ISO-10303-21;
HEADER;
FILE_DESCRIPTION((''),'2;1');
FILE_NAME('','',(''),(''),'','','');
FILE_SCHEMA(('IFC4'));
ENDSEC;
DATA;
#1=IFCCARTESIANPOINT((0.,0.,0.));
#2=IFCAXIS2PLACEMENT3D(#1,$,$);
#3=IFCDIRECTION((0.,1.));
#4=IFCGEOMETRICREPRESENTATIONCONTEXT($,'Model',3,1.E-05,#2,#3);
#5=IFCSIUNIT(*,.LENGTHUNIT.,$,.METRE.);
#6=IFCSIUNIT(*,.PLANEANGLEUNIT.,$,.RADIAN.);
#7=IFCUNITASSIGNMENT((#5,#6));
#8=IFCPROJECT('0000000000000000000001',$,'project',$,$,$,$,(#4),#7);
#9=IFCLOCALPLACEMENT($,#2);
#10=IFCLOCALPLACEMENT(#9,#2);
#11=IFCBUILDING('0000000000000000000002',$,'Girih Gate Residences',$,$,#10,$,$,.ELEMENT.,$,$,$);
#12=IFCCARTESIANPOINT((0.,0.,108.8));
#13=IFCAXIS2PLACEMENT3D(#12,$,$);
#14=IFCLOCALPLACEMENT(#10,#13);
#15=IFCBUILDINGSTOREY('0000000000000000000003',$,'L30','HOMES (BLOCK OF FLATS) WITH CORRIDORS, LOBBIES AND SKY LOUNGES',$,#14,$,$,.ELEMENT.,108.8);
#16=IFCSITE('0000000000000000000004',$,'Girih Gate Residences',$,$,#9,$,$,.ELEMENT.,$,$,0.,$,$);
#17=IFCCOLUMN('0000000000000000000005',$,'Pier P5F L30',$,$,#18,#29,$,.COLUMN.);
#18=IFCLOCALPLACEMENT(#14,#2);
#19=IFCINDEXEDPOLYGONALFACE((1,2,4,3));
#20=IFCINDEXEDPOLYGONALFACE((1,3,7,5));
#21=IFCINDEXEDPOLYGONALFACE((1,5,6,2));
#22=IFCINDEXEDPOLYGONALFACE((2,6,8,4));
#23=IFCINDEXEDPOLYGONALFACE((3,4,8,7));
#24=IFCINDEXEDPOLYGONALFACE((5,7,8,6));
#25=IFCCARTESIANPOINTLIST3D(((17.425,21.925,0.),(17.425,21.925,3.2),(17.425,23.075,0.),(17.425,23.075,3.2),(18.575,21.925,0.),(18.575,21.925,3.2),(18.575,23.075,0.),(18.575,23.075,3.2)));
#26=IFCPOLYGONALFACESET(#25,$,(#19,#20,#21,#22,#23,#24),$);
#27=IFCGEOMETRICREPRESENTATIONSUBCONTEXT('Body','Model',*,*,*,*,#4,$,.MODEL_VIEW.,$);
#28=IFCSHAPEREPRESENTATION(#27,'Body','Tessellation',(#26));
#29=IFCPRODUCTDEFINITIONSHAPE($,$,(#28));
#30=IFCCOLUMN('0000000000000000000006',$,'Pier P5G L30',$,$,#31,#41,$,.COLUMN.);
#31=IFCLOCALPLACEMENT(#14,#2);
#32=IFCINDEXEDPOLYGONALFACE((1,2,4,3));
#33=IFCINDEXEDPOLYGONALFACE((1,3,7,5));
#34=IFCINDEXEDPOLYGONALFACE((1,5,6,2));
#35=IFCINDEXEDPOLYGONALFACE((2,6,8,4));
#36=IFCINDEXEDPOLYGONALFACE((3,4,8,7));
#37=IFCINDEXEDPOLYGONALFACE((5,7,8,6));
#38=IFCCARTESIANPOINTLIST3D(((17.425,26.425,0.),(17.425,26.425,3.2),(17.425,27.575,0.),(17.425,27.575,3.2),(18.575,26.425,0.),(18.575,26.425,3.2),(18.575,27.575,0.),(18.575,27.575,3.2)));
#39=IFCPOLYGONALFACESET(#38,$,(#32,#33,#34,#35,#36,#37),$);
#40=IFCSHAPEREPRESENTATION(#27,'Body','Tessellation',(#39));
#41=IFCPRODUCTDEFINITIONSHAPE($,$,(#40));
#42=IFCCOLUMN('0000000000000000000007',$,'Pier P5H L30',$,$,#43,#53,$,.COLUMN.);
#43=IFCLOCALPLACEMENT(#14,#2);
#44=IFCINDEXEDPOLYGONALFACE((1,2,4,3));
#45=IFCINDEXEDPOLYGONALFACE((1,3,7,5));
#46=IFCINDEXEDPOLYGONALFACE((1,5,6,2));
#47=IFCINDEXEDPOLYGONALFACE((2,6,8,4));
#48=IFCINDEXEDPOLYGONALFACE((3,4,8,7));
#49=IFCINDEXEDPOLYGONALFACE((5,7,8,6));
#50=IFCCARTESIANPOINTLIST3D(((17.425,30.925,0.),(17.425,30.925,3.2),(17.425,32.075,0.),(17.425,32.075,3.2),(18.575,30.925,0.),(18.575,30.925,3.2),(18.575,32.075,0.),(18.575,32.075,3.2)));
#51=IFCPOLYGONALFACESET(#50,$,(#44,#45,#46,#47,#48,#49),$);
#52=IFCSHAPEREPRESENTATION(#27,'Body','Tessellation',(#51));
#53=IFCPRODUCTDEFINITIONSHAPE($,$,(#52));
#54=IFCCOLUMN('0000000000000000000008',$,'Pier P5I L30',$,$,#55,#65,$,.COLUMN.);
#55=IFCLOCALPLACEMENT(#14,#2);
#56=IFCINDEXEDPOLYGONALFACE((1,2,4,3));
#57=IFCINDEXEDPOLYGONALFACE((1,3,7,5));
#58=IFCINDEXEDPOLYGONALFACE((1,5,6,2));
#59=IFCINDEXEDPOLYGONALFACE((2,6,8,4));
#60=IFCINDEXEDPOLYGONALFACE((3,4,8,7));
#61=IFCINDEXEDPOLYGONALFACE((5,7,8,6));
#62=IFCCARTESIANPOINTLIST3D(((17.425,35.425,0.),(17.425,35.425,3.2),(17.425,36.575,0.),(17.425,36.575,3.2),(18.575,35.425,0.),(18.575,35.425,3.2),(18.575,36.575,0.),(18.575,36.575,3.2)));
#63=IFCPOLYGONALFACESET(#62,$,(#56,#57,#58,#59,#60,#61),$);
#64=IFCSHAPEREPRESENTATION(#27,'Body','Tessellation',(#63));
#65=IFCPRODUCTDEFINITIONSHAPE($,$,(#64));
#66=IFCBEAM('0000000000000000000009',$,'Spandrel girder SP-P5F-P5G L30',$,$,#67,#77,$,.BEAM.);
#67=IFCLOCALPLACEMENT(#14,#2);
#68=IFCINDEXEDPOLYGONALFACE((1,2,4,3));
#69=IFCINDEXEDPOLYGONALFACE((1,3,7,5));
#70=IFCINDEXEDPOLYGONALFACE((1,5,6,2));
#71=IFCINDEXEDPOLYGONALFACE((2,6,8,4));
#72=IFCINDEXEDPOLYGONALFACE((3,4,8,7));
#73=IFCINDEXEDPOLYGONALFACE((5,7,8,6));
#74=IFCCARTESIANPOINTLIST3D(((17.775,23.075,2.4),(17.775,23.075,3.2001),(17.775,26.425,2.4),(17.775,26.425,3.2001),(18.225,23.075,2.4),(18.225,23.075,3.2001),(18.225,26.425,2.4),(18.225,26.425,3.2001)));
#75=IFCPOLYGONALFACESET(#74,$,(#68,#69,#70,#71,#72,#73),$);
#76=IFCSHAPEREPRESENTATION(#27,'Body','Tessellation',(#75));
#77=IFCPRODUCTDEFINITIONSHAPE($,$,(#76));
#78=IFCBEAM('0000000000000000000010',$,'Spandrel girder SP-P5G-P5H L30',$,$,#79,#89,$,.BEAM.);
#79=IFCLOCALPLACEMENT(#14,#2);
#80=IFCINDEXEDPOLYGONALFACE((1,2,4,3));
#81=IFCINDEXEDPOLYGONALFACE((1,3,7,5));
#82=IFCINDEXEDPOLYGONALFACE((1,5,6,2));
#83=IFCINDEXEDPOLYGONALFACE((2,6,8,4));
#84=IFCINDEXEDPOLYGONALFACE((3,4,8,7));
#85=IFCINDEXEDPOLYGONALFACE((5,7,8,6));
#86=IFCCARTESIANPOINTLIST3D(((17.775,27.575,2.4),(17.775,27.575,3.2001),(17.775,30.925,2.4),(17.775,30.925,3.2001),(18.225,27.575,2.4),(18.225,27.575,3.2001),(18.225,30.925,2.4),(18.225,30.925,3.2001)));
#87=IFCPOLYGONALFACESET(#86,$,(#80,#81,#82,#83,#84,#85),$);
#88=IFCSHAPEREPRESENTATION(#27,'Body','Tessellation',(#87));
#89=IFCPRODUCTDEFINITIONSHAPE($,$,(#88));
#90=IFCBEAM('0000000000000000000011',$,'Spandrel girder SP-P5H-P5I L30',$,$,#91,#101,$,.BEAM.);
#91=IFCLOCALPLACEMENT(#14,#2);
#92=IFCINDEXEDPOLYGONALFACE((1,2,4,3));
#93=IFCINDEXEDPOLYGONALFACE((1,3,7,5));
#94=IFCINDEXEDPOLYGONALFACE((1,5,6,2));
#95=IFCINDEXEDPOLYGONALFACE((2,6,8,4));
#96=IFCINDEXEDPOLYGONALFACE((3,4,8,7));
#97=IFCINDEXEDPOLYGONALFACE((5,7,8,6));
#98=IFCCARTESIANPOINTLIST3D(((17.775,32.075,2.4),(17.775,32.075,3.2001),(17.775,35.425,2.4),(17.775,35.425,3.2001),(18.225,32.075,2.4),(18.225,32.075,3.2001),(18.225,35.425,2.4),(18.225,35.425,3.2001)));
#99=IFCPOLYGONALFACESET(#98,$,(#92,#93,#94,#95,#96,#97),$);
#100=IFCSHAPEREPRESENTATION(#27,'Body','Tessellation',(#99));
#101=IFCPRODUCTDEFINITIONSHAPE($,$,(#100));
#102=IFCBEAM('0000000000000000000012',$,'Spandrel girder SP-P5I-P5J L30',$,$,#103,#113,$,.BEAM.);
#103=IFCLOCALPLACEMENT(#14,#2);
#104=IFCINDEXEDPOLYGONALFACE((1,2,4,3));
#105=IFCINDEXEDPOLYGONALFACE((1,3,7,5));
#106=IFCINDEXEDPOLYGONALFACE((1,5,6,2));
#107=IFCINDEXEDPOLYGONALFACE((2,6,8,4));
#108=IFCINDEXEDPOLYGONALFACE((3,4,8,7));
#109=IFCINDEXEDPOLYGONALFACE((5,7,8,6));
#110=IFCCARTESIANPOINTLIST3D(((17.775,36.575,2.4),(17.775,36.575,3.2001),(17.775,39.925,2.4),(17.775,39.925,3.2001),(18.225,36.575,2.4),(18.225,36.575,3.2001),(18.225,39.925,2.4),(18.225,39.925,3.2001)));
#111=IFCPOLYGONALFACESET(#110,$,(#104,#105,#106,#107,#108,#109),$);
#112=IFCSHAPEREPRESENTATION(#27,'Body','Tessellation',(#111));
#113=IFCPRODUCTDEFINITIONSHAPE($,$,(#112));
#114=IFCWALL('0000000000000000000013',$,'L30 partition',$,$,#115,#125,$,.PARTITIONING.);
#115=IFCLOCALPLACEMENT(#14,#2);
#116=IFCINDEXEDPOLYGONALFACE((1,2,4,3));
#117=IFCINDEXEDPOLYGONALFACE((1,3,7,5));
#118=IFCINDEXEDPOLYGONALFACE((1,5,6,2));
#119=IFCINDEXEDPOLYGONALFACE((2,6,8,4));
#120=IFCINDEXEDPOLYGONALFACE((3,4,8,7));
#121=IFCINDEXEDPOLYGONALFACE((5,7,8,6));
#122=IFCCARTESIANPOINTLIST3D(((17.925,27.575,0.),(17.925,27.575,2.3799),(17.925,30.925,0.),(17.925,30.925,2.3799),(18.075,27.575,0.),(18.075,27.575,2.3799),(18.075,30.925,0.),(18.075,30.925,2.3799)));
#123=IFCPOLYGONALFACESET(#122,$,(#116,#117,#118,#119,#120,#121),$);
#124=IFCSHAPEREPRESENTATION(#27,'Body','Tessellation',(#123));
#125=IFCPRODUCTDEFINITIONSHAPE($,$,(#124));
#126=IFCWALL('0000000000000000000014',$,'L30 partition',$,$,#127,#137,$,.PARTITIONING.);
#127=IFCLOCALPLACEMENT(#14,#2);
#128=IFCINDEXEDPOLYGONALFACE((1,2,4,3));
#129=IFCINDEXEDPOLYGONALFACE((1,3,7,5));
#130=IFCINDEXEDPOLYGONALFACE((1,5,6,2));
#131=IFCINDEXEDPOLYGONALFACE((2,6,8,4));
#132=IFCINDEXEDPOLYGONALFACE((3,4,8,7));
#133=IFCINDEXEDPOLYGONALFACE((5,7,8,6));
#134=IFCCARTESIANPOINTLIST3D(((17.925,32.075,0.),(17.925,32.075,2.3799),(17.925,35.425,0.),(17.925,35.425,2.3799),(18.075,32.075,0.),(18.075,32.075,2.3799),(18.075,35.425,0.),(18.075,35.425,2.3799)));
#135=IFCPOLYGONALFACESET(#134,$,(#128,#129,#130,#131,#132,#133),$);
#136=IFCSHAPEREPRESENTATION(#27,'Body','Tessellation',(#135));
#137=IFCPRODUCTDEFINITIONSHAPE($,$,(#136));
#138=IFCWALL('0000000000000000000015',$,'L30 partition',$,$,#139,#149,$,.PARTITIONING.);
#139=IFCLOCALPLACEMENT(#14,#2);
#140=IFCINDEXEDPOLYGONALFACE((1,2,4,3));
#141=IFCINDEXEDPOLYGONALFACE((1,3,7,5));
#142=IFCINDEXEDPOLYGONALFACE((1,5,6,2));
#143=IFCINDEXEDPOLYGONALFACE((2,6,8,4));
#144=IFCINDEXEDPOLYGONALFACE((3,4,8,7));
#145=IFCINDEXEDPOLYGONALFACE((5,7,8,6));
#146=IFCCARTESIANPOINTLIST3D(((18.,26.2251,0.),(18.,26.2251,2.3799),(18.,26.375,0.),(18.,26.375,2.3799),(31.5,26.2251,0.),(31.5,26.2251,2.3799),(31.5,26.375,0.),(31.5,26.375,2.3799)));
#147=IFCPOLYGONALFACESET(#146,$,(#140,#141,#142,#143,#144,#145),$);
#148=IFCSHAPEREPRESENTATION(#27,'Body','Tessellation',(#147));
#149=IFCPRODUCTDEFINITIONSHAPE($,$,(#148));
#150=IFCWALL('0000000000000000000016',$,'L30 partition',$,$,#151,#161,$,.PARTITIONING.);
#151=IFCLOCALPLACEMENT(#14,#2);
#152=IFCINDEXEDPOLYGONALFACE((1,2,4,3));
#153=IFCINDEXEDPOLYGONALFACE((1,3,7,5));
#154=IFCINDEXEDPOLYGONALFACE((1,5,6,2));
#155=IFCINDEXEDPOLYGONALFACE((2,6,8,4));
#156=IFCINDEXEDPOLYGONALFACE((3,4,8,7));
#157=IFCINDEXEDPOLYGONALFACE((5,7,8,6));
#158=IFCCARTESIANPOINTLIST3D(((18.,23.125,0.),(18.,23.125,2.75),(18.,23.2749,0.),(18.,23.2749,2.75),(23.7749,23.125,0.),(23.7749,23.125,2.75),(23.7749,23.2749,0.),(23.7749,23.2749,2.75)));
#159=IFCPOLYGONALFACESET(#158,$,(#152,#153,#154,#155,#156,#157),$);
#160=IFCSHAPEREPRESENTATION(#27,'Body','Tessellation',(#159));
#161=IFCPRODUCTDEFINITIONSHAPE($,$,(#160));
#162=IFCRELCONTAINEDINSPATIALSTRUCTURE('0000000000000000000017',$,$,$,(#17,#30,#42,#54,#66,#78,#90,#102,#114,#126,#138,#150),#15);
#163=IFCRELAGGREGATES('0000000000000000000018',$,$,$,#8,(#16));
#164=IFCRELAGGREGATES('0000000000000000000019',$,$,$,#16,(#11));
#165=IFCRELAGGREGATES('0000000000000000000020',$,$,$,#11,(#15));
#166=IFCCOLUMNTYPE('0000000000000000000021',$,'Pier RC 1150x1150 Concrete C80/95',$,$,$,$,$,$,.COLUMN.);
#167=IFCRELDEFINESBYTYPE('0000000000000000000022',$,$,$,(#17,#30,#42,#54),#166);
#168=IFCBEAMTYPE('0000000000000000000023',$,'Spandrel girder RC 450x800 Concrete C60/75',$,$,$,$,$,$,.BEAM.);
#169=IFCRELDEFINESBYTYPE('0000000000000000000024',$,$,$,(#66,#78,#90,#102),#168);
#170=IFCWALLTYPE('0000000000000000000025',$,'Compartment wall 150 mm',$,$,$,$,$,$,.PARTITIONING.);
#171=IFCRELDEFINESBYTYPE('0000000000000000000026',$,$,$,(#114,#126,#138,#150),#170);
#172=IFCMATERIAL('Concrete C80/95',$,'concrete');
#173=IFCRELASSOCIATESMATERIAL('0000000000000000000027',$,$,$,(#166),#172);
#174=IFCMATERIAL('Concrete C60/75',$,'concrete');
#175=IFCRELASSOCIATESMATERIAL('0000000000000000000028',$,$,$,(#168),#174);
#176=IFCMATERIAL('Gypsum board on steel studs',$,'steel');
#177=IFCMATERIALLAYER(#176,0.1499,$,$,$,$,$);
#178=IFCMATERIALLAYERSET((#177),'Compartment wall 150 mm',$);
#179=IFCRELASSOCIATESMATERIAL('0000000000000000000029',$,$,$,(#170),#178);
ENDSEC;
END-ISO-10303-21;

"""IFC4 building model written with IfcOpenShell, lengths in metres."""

from ifc_helpers import new_model, si_unit, direction, frame, frame_2d, origin, origin_2d, place, context, subcontext, project, spatial, rectangle, extrude, material, layer, layer_set, material_profile, profile_set, type_object, element, save


model = new_model("IFC4")

# Units and contexts
model_context = context("Model", 3, precision=1e-05, world=origin(), true_north=direction((0.0, 1.0)))
body_context = subcontext(model_context, "Body", "Model", "MODEL_VIEW")
ifc_project = project(units=[si_unit("LENGTHUNIT", "METRE"), si_unit("PLANEANGLEUNIT", "RADIAN")], contexts=[model_context])

# Site, building, storey
site_placement = place(None, origin())
site = spatial("IfcSite", under=ifc_project, at=site_placement, Name="Girih Gate Residences", CompositionType="ELEMENT", RefElevation=0.0)
building_placement = place(site_placement, origin())
building = spatial("IfcBuilding", under=site, at=building_placement, Name="Girih Gate Residences", CompositionType="ELEMENT")
storey_placement = place(building_placement, frame((0.0, 0.0, 108.8)))
storey = spatial("IfcBuildingStorey", under=building, at=storey_placement, Name="L30", Description="HOMES (BLOCK OF FLATS) WITH CORRIDORS, LOBBIES AND SKY LOUNGES", CompositionType="ELEMENT", Elevation=108.8)

# Columns
ifc_material_1 = material(Name="Concrete C80/95", Category="concrete")
ifc_material_profile_1 = material_profile(ifc_material_1, rectangle(XDim=1.1499, YDim=1.1499, at=origin_2d()))
ifc_profile_set_1 = profile_set([ifc_material_profile_1], Name="Concrete C80/95")
column_type = type_object("IfcColumnType", Name="Pier RC 1150x1150 Concrete C80/95", PredefinedType="COLUMN", material=ifc_profile_set_1)
for number, where, z_axis, x_axis, name in (
    (1, (18.0, 22.5, 0.0), (0.0, 0.0, 1.0), (1.0, 0.0, 0.0), "Pier P5F L30"),
    (2, (18.0, 27.0, 0.0), (0.0, 0.0, 1.0), (1.0, 0.0, 0.0), "Pier P5G L30"),
    (3, (18.0, 31.5, 0.0), (0.0, 0.0, 1.0), (1.0, 0.0, 0.0), "Pier P5H L30"),
    (4, (18.0, 36.0, 0.0), (0.0, 0.0, 1.0), (1.0, 0.0, 0.0), "Pier P5I L30"),
):
    element("IfcColumn", number, at=place(storey_placement, frame(where, z_axis=z_axis, x_axis=x_axis)), inside=storey, type_object=column_type, Name=name, PredefinedType="COLUMN", context=body_context, shape_type="SweptSolid", body=[
        extrude(rectangle(XDim=1.1499, YDim=1.1499, at=origin_2d()), origin(), (0.0, 0.0, 1.0), 3.2),
    ])

# Beams
ifc_material_2 = material(Name="Concrete C60/75", Category="concrete")
ifc_material_profile_2 = material_profile(ifc_material_2, rectangle(XDim=0.45, YDim=0.8, at=origin_2d()))
ifc_profile_set_2 = profile_set([ifc_material_profile_2], Name="Concrete C60/75")
beam_type = type_object("IfcBeamType", Name="Spandrel girder RC 450x800 Concrete C60/75", PredefinedType="BEAM", material=ifc_profile_set_2)
for number, where, z_axis, x_axis, name in (
    (5, (18.0, 23.075, 2.8), (0.0, 1.0, 0.0), (-1.0, 0.0, 0.0), "Spandrel girder SP-P5F-P5G L30"),
    (6, (18.0, 27.575, 2.8), (0.0, 1.0, 0.0), (-1.0, 0.0, 0.0), "Spandrel girder SP-P5G-P5H L30"),
    (7, (18.0, 32.075, 2.8), (0.0, 1.0, 0.0), (-1.0, 0.0, 0.0), "Spandrel girder SP-P5H-P5I L30"),
    (8, (18.0, 36.575, 2.8), (0.0, 1.0, 0.0), (-1.0, 0.0, 0.0), "Spandrel girder SP-P5I-P5J L30"),
):
    element("IfcBeam", number, at=place(storey_placement, frame(where, z_axis=z_axis, x_axis=x_axis)), inside=storey, type_object=beam_type, Name=name, PredefinedType="BEAM", context=body_context, shape_type="SweptSolid", body=[
        extrude(rectangle(XDim=0.45, YDim=0.8, at=origin_2d()), origin(), (0.0, 0.0, 1.0), 3.3501),
    ])

# Walls
ifc_material_3 = material(Name="Gypsum board on steel studs", Category="steel")
ifc_layer_1 = layer(ifc_material_3, 0.1499)
ifc_layer_set_1 = layer_set([ifc_layer_1], Name="Compartment wall 150 mm")
wall_type_1 = type_object("IfcWallType", Name="Compartment wall 150 mm", PredefinedType="PARTITIONING", material=ifc_layer_set_1)
for number, where, z_axis, x_axis, name in (
    (9, (18.0, 27.575, 0.0), (0.0, 0.0, 1.0), (0.0, 1.0, 0.0), "L30 partition"),
    (10, (18.0, 32.075, 0.0), (0.0, 0.0, 1.0), (0.0, 1.0, 0.0), "L30 partition"),
):
    element("IfcWall", number, at=place(storey_placement, frame(where, z_axis=z_axis, x_axis=x_axis)), inside=storey, type_object=wall_type_1, Name=name, PredefinedType="PARTITIONING", context=body_context, shape_type="SweptSolid", body=[
        extrude(rectangle(XDim=3.3501, YDim=0.1499, at=frame_2d((1.675, 0.0))), origin(), (0.0, 0.0, 1.0), 2.3799),
    ])
wall_1_placement = place(storey_placement, frame((18.0, 26.3, 0.0), z_axis=(0.0, 0.0, 1.0), x_axis=(1.0, 0.0, 0.0)))
element("IfcWall", 11, at=wall_1_placement, inside=storey, type_object=wall_type_1, Name="L30 partition", PredefinedType="PARTITIONING", context=body_context, shape_type="SweptSolid", body=[
    extrude(rectangle(XDim=13.5, YDim=0.1499, at=frame_2d((6.75, 0.0))), origin(), (0.0, 0.0, 1.0), 2.3799),
])
wall_2_placement = place(storey_placement, frame((18.0, 23.2, 0.0), z_axis=(0.0, 0.0, 1.0), x_axis=(1.0, 0.0, 0.0)))
element("IfcWall", 12, at=wall_2_placement, inside=storey, type_object=wall_type_1, Name="L30 partition", PredefinedType="PARTITIONING", context=body_context, shape_type="SweptSolid", body=[
    extrude(rectangle(XDim=5.7749, YDim=0.1499, at=frame_2d((2.8875, 0.0))), origin(), (0.0, 0.0, 1.0), 2.75),
])

save(model, "model.ifc")
